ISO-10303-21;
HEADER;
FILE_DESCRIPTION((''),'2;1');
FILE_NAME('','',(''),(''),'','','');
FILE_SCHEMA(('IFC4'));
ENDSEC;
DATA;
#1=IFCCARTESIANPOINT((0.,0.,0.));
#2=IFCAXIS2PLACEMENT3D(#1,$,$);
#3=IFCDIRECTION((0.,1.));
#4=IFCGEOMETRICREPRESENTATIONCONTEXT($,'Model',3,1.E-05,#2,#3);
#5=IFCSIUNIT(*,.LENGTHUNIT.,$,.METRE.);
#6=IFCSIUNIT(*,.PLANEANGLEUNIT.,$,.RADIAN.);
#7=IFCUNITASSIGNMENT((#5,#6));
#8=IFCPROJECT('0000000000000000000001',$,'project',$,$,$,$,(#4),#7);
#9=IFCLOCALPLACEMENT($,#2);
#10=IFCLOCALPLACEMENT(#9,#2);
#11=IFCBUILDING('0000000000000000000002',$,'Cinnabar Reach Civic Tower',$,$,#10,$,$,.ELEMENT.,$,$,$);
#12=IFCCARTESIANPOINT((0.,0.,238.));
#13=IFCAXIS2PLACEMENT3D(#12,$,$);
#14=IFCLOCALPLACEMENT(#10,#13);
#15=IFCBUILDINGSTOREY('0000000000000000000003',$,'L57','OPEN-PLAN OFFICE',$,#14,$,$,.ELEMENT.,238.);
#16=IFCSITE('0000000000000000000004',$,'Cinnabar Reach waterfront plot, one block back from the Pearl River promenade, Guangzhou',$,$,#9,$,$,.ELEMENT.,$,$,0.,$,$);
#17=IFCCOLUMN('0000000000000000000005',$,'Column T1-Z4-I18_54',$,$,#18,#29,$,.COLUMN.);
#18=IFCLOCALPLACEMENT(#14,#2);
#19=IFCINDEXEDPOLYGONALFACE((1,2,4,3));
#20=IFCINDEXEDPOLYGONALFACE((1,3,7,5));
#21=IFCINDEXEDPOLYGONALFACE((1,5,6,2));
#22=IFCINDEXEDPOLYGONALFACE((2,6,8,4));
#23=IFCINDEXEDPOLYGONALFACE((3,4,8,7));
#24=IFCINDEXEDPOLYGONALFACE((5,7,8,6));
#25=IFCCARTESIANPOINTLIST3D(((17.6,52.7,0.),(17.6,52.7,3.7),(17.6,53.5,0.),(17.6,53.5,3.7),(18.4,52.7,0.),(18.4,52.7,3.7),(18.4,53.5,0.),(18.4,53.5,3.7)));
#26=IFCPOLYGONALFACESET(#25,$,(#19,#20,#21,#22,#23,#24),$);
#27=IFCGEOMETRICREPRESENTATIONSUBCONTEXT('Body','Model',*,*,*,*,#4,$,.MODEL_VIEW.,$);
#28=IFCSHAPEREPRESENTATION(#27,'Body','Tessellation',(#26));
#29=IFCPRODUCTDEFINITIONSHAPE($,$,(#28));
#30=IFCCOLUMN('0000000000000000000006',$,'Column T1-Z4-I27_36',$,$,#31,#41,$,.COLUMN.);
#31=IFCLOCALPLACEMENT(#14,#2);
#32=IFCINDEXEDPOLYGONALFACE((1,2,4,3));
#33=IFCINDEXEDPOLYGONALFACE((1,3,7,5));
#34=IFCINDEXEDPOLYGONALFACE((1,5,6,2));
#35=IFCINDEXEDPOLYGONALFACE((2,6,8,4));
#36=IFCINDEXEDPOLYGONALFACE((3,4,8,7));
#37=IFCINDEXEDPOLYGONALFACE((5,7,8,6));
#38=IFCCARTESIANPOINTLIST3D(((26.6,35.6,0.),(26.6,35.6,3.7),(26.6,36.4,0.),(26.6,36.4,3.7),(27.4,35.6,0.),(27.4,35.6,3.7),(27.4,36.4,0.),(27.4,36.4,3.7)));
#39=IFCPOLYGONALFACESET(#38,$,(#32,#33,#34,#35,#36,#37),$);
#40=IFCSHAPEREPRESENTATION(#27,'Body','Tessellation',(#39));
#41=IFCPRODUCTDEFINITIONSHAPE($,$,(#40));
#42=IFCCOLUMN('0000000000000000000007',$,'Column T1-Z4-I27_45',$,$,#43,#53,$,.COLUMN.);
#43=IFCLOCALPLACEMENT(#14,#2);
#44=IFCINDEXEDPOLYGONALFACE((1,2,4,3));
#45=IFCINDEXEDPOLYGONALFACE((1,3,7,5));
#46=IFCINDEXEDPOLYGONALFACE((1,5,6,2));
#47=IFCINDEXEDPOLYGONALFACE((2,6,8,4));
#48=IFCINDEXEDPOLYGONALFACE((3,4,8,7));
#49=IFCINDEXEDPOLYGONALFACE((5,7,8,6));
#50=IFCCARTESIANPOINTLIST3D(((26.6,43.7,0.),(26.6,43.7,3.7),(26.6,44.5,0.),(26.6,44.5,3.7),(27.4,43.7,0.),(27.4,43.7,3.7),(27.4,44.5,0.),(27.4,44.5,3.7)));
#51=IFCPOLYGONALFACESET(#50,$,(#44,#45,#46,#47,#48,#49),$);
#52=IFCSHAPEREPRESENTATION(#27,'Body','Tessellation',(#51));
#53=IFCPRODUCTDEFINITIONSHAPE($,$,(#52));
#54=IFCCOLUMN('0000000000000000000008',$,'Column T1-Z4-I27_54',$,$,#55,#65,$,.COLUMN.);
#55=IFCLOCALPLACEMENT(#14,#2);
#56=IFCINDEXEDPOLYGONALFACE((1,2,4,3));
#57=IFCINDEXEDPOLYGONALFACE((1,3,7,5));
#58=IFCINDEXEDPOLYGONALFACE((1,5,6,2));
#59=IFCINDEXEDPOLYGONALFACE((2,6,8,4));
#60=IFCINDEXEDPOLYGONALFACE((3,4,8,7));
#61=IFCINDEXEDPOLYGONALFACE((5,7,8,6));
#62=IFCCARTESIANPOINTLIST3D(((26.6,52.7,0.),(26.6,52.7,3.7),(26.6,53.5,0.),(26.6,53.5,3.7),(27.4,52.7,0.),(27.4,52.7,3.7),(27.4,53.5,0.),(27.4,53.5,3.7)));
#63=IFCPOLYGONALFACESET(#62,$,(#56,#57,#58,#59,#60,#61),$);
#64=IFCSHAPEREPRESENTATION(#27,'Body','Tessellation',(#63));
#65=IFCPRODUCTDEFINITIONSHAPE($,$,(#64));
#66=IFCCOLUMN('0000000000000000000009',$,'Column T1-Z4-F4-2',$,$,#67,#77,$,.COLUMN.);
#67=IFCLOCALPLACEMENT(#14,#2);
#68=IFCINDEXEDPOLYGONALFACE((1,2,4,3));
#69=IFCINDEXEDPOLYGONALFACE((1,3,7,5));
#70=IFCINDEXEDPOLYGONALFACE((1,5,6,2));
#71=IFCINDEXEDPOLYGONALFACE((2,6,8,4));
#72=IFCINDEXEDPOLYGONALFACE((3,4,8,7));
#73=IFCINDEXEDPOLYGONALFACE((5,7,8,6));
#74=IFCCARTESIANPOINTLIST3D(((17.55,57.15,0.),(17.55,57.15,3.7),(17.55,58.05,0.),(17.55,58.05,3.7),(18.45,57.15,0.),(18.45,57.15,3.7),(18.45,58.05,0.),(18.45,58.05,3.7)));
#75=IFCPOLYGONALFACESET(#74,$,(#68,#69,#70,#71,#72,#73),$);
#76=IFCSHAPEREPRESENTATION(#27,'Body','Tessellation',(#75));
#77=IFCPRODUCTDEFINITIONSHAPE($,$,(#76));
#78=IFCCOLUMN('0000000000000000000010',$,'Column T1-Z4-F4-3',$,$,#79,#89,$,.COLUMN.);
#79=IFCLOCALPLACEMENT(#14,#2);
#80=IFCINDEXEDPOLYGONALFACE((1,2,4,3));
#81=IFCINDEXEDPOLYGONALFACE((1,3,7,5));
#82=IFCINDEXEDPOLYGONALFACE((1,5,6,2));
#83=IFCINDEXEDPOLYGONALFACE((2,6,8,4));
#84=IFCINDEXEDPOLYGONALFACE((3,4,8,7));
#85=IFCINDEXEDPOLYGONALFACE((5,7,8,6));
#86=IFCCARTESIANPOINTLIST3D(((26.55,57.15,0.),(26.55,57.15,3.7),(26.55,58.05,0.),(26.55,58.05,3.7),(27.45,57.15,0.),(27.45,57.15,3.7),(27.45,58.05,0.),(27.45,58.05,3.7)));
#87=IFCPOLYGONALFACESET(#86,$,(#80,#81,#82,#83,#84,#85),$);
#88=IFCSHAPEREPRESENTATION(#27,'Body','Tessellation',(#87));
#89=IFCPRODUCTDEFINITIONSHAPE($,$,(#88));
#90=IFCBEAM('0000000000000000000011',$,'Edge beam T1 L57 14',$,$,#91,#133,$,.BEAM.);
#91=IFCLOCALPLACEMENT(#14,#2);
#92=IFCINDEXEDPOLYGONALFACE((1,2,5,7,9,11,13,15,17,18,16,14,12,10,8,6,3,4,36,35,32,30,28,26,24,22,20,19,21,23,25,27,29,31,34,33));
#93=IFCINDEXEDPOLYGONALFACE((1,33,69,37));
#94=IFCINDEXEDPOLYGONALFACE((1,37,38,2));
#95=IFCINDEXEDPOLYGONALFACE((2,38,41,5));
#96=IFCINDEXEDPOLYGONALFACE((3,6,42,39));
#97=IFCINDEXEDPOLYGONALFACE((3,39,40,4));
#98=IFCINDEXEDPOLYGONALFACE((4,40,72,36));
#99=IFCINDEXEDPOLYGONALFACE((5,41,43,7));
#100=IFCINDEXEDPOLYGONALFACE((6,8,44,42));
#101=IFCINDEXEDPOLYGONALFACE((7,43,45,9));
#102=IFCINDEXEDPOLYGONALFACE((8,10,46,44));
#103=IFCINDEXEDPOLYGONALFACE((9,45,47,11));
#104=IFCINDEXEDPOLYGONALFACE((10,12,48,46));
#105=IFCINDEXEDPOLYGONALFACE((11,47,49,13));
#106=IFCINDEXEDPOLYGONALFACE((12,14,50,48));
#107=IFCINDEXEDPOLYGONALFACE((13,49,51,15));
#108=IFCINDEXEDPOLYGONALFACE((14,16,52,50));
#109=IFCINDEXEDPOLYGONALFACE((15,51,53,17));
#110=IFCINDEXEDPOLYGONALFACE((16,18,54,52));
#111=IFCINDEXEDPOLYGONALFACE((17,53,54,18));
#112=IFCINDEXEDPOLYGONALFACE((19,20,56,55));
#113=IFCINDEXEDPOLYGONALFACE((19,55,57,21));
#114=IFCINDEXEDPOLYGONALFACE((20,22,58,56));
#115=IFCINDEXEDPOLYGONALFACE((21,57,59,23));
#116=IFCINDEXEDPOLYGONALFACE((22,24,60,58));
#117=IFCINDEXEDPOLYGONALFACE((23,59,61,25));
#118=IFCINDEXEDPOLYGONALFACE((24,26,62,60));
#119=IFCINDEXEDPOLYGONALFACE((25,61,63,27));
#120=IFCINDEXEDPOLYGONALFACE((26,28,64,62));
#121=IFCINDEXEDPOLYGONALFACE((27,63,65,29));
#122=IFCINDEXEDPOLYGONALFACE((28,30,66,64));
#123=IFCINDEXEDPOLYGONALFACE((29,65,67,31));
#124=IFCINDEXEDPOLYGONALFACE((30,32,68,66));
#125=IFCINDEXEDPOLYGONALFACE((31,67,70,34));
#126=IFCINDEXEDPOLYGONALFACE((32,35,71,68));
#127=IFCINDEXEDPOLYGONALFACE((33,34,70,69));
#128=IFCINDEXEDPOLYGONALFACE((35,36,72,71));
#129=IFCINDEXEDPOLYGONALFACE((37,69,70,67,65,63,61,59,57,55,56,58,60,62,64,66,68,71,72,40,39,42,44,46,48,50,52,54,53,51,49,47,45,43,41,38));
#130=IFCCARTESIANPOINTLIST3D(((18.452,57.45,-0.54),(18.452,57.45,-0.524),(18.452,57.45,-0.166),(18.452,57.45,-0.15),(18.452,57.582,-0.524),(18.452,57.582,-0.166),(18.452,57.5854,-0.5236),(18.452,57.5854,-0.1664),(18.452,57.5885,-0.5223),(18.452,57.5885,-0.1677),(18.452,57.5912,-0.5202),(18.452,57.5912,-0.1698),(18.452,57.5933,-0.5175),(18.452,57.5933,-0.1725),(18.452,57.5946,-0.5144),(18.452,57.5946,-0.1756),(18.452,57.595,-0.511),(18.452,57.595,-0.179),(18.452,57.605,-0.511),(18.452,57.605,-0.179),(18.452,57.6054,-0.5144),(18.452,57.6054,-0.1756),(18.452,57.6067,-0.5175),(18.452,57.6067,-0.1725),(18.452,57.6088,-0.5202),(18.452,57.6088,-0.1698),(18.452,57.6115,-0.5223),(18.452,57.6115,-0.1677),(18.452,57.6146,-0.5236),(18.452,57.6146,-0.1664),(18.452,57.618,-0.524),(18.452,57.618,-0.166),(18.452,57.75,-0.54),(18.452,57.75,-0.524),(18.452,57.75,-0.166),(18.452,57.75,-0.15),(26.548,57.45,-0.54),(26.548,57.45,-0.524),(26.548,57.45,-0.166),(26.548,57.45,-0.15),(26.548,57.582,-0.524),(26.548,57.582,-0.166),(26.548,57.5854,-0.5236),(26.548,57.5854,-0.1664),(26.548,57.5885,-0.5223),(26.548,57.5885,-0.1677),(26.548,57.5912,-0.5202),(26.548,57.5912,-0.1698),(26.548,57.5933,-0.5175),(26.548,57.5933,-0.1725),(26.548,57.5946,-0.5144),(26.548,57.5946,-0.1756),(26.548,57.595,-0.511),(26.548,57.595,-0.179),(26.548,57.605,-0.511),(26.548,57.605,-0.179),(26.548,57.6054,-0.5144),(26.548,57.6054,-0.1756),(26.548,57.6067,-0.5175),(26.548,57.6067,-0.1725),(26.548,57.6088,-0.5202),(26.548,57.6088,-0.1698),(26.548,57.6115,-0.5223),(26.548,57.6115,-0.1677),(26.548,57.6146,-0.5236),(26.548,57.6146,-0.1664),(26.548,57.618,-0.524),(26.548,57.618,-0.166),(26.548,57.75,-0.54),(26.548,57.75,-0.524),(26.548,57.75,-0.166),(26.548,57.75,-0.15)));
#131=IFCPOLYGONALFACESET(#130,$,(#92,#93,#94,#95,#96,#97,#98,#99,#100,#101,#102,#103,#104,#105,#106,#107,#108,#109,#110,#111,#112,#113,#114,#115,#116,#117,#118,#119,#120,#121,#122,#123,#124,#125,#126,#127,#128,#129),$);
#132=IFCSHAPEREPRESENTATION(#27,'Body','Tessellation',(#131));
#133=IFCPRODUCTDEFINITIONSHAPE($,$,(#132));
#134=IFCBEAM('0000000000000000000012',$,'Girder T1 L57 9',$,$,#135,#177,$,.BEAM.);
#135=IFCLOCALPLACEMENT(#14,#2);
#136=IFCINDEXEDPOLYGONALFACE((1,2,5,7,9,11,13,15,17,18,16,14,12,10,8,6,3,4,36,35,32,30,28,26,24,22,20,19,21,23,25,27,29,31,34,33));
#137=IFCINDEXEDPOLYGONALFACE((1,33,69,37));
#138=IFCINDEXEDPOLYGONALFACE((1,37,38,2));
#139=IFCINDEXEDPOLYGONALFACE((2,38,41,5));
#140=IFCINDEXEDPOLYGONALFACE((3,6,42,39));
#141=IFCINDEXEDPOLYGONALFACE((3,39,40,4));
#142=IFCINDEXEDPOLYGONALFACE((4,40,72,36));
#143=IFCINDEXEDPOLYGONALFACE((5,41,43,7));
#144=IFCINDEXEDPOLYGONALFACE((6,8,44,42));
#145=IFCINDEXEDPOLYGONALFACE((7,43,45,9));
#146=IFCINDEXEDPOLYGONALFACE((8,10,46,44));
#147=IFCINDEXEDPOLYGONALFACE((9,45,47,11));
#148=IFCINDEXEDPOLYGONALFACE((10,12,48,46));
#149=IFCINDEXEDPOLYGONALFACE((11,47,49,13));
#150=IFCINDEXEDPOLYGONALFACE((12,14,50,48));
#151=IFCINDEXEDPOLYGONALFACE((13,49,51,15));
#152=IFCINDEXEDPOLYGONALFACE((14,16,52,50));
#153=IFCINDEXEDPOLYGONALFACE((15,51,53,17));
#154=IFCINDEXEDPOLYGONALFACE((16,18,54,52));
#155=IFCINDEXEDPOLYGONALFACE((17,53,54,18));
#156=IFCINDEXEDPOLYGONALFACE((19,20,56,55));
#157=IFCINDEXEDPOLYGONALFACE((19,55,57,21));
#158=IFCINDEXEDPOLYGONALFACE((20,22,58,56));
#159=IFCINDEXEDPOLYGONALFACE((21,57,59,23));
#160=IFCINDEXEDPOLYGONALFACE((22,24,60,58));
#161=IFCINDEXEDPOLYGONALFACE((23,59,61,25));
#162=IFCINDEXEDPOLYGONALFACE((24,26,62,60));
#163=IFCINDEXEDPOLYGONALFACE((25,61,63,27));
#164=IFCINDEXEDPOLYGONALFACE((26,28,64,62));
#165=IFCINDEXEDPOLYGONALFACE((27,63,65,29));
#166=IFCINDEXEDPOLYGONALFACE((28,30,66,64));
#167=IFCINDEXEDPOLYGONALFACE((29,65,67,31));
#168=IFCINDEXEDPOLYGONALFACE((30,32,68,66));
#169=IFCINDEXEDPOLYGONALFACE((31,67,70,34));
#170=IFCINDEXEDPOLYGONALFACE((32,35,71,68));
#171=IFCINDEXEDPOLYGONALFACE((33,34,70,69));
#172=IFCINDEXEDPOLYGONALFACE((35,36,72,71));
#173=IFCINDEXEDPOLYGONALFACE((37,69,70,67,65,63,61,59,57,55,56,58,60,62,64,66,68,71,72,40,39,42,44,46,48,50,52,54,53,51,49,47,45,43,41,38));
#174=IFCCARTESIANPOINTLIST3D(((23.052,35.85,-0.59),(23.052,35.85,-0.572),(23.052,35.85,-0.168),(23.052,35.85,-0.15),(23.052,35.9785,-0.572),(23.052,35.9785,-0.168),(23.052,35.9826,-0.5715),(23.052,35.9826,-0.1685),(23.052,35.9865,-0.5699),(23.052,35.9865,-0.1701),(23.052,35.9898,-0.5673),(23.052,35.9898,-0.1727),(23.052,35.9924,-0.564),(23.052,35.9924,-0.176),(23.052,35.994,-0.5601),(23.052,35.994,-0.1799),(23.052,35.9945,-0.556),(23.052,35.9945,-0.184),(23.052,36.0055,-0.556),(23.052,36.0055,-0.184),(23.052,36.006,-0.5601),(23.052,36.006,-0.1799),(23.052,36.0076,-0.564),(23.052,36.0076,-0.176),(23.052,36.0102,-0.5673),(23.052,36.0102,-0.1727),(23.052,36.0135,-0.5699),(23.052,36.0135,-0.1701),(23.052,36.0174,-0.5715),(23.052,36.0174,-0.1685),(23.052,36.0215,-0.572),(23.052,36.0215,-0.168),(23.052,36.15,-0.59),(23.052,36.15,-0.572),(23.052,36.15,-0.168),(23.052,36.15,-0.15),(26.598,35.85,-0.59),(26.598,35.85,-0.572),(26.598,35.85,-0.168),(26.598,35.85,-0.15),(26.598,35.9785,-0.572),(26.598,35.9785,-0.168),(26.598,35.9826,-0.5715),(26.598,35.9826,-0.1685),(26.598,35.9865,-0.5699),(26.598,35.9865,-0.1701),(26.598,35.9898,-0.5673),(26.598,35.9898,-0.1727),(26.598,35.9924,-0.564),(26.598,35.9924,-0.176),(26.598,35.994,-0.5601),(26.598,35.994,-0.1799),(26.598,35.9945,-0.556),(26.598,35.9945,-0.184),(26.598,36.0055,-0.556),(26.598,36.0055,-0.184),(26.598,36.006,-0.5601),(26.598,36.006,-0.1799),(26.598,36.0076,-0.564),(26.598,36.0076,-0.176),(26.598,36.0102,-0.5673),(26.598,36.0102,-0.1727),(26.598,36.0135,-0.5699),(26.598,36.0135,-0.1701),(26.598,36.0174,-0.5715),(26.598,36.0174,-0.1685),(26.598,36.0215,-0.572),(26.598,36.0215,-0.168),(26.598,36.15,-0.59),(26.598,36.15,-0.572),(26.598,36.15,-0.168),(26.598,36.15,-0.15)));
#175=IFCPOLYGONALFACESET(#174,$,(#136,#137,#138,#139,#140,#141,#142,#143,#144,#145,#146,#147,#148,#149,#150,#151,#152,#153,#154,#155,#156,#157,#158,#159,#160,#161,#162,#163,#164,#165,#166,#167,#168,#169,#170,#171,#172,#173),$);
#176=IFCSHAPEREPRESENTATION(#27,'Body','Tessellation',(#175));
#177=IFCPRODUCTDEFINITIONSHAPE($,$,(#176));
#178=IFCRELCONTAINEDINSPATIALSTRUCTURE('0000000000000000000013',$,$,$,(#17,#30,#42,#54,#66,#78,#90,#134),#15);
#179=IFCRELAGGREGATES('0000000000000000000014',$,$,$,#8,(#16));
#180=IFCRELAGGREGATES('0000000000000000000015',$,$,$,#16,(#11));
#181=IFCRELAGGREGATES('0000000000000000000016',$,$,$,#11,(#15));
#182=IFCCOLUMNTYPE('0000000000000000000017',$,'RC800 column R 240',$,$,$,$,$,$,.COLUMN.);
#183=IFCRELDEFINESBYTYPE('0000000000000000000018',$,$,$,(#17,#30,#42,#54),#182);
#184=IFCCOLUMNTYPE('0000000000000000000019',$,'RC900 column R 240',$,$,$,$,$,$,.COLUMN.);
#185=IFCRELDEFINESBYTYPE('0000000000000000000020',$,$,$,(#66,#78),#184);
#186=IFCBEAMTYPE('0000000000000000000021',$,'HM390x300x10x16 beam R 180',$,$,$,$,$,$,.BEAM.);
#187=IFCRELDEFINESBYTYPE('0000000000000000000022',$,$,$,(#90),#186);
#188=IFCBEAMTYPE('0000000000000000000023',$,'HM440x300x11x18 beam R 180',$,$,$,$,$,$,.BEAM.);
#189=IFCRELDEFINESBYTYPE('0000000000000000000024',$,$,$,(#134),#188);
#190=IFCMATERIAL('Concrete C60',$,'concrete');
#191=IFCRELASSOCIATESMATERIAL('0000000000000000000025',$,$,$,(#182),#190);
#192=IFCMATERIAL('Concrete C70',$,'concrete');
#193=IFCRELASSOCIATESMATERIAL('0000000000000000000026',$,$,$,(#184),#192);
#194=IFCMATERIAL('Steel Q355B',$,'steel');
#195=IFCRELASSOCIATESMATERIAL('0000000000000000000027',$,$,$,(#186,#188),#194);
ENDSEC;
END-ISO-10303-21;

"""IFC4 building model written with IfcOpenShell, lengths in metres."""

from ifc_helpers import new_model, si_unit, direction, frame, origin, origin_2d, place, context, subcontext, project, spatial, rectangle, i_section, extrude, material, material_profile, profile_set, type_object, element, save


model = new_model("IFC4")

# Units and contexts
model_context = context("Model", 3, precision=1e-05, world=origin(), true_north=direction((0.0, 1.0)))
body_context = subcontext(model_context, "Body", "Model", "MODEL_VIEW")
ifc_project = project(units=[si_unit("LENGTHUNIT", "METRE"), si_unit("PLANEANGLEUNIT", "RADIAN")], contexts=[model_context])

# Site, building, storey
site_placement = place(None, origin())
site = spatial("IfcSite", under=ifc_project, at=site_placement, Name="Cinnabar Reach waterfront plot, one block back from the Pearl River promenade, Guangzhou", CompositionType="ELEMENT", RefElevation=0.0)
building_placement = place(site_placement, origin())
building = spatial("IfcBuilding", under=site, at=building_placement, Name="Cinnabar Reach Civic Tower", CompositionType="ELEMENT")
storey_placement = place(building_placement, frame((0.0, 0.0, 238.0)))
storey = spatial("IfcBuildingStorey", under=building, at=storey_placement, Name="L57", Description="OPEN-PLAN OFFICE", CompositionType="ELEMENT", Elevation=238.0)

# Columns
ifc_material_1 = material(Name="Concrete C60", Category="concrete")
ifc_material_profile_1 = material_profile(ifc_material_1, rectangle(XDim=0.8, YDim=0.8, at=origin_2d()), Name="RC800")
ifc_profile_set_1 = profile_set([ifc_material_profile_1], Name="Concrete C60")
column_type_1 = type_object("IfcColumnType", Name="RC800 column R 240", PredefinedType="COLUMN", material=ifc_profile_set_1)
for number, where, z_axis, x_axis, name in (
    (1, (18.0, 53.1, 0.0), (0.0, 0.0, 1.0), (1.0, 0.0, 0.0), "Column T1-Z4-I18_54"),
    (2, (27.0, 36.0, 0.0), (0.0, 0.0, 1.0), (1.0, 0.0, 0.0), "Column T1-Z4-I27_36"),
    (3, (27.0, 44.1, 0.0), (0.0, 0.0, 1.0), (1.0, 0.0, 0.0), "Column T1-Z4-I27_45"),
    (4, (27.0, 53.1, 0.0), (0.0, 0.0, 1.0), (1.0, 0.0, 0.0), "Column T1-Z4-I27_54"),
):
    element("IfcColumn", number, at=place(storey_placement, frame(where, z_axis=z_axis, x_axis=x_axis)), inside=storey, type_object=column_type_1, Name=name, PredefinedType="COLUMN", context=body_context, shape_type="SweptSolid", body=[
        extrude(rectangle(XDim=0.8, YDim=0.8, at=origin_2d()), origin(), (0.0, 0.0, 1.0), 3.7),
    ])
ifc_material_2 = material(Name="Concrete C70", Category="concrete")
ifc_material_profile_2 = material_profile(ifc_material_2, rectangle(XDim=0.9, YDim=0.9, at=origin_2d()), Name="RC900")
ifc_profile_set_2 = profile_set([ifc_material_profile_2], Name="Concrete C70")
column_type_2 = type_object("IfcColumnType", Name="RC900 column R 240", PredefinedType="COLUMN", material=ifc_profile_set_2)
for number, where, z_axis, x_axis, name in (
    (5, (18.0, 57.6, 0.0), (0.0, 0.0, 1.0), (1.0, 0.0, 0.0), "Column T1-Z4-F4-2"),
    (6, (27.0, 57.6, 0.0), (0.0, 0.0, 1.0), (1.0, 0.0, 0.0), "Column T1-Z4-F4-3"),
):
    element("IfcColumn", number, at=place(storey_placement, frame(where, z_axis=z_axis, x_axis=x_axis)), inside=storey, type_object=column_type_2, Name=name, PredefinedType="COLUMN", context=body_context, shape_type="SweptSolid", body=[
        extrude(rectangle(XDim=0.9, YDim=0.9, at=origin_2d()), origin(), (0.0, 0.0, 1.0), 3.7),
    ])

# Beams
ifc_material_3 = material(Name="Steel Q355B", Category="steel")
ifc_material_profile_3 = material_profile(ifc_material_3, i_section(OverallWidth=0.3, OverallDepth=0.39, WebThickness=0.01, FlangeThickness=0.016, FilletRadius=0.013, at=origin_2d()), Name="HM390x300x10x16")
ifc_profile_set_3 = profile_set([ifc_material_profile_3], Name="Steel Q355B")
beam_type_1 = type_object("IfcBeamType", Name="HM390x300x10x16 beam R 180", PredefinedType="BEAM", material=ifc_profile_set_3)
beam_1_placement = place(storey_placement, frame((26.548, 57.6, -0.345), z_axis=(-1.0, 0.0, 0.0), x_axis=(0.0, -1.0, 0.0)))
element("IfcBeam", 7, at=beam_1_placement, inside=storey, type_object=beam_type_1, Name="Edge beam T1 L57 14", PredefinedType="BEAM", context=body_context, shape_type="SweptSolid", body=[
    extrude(i_section(OverallWidth=0.3, OverallDepth=0.39, WebThickness=0.01, FlangeThickness=0.016, FilletRadius=0.013, at=origin_2d()), origin(), (0.0, 0.0, 1.0), 8.096),
])
ifc_material_profile_4 = material_profile(ifc_material_3, i_section(OverallWidth=0.3, OverallDepth=0.44, WebThickness=0.011, FlangeThickness=0.018, FilletRadius=0.016, at=origin_2d()), Name="HM440x300x11x18")
ifc_profile_set_4 = profile_set([ifc_material_profile_4], Name="Steel Q355B")
beam_type_2 = type_object("IfcBeamType", Name="HM440x300x11x18 beam R 180", PredefinedType="BEAM", material=ifc_profile_set_4)
beam_2_placement = place(storey_placement, frame((23.052, 36.0, -0.37), z_axis=(1.0, 0.0, 0.0), x_axis=(0.0, 1.0, 0.0)))
element("IfcBeam", 8, at=beam_2_placement, inside=storey, type_object=beam_type_2, Name="Girder T1 L57 9", PredefinedType="BEAM", context=body_context, shape_type="SweptSolid", body=[
    extrude(i_section(OverallWidth=0.3, OverallDepth=0.44, WebThickness=0.011, FlangeThickness=0.018, FilletRadius=0.016, at=origin_2d()), origin(), (0.0, 0.0, 1.0), 3.546),
])

save(model, "model.ifc")
